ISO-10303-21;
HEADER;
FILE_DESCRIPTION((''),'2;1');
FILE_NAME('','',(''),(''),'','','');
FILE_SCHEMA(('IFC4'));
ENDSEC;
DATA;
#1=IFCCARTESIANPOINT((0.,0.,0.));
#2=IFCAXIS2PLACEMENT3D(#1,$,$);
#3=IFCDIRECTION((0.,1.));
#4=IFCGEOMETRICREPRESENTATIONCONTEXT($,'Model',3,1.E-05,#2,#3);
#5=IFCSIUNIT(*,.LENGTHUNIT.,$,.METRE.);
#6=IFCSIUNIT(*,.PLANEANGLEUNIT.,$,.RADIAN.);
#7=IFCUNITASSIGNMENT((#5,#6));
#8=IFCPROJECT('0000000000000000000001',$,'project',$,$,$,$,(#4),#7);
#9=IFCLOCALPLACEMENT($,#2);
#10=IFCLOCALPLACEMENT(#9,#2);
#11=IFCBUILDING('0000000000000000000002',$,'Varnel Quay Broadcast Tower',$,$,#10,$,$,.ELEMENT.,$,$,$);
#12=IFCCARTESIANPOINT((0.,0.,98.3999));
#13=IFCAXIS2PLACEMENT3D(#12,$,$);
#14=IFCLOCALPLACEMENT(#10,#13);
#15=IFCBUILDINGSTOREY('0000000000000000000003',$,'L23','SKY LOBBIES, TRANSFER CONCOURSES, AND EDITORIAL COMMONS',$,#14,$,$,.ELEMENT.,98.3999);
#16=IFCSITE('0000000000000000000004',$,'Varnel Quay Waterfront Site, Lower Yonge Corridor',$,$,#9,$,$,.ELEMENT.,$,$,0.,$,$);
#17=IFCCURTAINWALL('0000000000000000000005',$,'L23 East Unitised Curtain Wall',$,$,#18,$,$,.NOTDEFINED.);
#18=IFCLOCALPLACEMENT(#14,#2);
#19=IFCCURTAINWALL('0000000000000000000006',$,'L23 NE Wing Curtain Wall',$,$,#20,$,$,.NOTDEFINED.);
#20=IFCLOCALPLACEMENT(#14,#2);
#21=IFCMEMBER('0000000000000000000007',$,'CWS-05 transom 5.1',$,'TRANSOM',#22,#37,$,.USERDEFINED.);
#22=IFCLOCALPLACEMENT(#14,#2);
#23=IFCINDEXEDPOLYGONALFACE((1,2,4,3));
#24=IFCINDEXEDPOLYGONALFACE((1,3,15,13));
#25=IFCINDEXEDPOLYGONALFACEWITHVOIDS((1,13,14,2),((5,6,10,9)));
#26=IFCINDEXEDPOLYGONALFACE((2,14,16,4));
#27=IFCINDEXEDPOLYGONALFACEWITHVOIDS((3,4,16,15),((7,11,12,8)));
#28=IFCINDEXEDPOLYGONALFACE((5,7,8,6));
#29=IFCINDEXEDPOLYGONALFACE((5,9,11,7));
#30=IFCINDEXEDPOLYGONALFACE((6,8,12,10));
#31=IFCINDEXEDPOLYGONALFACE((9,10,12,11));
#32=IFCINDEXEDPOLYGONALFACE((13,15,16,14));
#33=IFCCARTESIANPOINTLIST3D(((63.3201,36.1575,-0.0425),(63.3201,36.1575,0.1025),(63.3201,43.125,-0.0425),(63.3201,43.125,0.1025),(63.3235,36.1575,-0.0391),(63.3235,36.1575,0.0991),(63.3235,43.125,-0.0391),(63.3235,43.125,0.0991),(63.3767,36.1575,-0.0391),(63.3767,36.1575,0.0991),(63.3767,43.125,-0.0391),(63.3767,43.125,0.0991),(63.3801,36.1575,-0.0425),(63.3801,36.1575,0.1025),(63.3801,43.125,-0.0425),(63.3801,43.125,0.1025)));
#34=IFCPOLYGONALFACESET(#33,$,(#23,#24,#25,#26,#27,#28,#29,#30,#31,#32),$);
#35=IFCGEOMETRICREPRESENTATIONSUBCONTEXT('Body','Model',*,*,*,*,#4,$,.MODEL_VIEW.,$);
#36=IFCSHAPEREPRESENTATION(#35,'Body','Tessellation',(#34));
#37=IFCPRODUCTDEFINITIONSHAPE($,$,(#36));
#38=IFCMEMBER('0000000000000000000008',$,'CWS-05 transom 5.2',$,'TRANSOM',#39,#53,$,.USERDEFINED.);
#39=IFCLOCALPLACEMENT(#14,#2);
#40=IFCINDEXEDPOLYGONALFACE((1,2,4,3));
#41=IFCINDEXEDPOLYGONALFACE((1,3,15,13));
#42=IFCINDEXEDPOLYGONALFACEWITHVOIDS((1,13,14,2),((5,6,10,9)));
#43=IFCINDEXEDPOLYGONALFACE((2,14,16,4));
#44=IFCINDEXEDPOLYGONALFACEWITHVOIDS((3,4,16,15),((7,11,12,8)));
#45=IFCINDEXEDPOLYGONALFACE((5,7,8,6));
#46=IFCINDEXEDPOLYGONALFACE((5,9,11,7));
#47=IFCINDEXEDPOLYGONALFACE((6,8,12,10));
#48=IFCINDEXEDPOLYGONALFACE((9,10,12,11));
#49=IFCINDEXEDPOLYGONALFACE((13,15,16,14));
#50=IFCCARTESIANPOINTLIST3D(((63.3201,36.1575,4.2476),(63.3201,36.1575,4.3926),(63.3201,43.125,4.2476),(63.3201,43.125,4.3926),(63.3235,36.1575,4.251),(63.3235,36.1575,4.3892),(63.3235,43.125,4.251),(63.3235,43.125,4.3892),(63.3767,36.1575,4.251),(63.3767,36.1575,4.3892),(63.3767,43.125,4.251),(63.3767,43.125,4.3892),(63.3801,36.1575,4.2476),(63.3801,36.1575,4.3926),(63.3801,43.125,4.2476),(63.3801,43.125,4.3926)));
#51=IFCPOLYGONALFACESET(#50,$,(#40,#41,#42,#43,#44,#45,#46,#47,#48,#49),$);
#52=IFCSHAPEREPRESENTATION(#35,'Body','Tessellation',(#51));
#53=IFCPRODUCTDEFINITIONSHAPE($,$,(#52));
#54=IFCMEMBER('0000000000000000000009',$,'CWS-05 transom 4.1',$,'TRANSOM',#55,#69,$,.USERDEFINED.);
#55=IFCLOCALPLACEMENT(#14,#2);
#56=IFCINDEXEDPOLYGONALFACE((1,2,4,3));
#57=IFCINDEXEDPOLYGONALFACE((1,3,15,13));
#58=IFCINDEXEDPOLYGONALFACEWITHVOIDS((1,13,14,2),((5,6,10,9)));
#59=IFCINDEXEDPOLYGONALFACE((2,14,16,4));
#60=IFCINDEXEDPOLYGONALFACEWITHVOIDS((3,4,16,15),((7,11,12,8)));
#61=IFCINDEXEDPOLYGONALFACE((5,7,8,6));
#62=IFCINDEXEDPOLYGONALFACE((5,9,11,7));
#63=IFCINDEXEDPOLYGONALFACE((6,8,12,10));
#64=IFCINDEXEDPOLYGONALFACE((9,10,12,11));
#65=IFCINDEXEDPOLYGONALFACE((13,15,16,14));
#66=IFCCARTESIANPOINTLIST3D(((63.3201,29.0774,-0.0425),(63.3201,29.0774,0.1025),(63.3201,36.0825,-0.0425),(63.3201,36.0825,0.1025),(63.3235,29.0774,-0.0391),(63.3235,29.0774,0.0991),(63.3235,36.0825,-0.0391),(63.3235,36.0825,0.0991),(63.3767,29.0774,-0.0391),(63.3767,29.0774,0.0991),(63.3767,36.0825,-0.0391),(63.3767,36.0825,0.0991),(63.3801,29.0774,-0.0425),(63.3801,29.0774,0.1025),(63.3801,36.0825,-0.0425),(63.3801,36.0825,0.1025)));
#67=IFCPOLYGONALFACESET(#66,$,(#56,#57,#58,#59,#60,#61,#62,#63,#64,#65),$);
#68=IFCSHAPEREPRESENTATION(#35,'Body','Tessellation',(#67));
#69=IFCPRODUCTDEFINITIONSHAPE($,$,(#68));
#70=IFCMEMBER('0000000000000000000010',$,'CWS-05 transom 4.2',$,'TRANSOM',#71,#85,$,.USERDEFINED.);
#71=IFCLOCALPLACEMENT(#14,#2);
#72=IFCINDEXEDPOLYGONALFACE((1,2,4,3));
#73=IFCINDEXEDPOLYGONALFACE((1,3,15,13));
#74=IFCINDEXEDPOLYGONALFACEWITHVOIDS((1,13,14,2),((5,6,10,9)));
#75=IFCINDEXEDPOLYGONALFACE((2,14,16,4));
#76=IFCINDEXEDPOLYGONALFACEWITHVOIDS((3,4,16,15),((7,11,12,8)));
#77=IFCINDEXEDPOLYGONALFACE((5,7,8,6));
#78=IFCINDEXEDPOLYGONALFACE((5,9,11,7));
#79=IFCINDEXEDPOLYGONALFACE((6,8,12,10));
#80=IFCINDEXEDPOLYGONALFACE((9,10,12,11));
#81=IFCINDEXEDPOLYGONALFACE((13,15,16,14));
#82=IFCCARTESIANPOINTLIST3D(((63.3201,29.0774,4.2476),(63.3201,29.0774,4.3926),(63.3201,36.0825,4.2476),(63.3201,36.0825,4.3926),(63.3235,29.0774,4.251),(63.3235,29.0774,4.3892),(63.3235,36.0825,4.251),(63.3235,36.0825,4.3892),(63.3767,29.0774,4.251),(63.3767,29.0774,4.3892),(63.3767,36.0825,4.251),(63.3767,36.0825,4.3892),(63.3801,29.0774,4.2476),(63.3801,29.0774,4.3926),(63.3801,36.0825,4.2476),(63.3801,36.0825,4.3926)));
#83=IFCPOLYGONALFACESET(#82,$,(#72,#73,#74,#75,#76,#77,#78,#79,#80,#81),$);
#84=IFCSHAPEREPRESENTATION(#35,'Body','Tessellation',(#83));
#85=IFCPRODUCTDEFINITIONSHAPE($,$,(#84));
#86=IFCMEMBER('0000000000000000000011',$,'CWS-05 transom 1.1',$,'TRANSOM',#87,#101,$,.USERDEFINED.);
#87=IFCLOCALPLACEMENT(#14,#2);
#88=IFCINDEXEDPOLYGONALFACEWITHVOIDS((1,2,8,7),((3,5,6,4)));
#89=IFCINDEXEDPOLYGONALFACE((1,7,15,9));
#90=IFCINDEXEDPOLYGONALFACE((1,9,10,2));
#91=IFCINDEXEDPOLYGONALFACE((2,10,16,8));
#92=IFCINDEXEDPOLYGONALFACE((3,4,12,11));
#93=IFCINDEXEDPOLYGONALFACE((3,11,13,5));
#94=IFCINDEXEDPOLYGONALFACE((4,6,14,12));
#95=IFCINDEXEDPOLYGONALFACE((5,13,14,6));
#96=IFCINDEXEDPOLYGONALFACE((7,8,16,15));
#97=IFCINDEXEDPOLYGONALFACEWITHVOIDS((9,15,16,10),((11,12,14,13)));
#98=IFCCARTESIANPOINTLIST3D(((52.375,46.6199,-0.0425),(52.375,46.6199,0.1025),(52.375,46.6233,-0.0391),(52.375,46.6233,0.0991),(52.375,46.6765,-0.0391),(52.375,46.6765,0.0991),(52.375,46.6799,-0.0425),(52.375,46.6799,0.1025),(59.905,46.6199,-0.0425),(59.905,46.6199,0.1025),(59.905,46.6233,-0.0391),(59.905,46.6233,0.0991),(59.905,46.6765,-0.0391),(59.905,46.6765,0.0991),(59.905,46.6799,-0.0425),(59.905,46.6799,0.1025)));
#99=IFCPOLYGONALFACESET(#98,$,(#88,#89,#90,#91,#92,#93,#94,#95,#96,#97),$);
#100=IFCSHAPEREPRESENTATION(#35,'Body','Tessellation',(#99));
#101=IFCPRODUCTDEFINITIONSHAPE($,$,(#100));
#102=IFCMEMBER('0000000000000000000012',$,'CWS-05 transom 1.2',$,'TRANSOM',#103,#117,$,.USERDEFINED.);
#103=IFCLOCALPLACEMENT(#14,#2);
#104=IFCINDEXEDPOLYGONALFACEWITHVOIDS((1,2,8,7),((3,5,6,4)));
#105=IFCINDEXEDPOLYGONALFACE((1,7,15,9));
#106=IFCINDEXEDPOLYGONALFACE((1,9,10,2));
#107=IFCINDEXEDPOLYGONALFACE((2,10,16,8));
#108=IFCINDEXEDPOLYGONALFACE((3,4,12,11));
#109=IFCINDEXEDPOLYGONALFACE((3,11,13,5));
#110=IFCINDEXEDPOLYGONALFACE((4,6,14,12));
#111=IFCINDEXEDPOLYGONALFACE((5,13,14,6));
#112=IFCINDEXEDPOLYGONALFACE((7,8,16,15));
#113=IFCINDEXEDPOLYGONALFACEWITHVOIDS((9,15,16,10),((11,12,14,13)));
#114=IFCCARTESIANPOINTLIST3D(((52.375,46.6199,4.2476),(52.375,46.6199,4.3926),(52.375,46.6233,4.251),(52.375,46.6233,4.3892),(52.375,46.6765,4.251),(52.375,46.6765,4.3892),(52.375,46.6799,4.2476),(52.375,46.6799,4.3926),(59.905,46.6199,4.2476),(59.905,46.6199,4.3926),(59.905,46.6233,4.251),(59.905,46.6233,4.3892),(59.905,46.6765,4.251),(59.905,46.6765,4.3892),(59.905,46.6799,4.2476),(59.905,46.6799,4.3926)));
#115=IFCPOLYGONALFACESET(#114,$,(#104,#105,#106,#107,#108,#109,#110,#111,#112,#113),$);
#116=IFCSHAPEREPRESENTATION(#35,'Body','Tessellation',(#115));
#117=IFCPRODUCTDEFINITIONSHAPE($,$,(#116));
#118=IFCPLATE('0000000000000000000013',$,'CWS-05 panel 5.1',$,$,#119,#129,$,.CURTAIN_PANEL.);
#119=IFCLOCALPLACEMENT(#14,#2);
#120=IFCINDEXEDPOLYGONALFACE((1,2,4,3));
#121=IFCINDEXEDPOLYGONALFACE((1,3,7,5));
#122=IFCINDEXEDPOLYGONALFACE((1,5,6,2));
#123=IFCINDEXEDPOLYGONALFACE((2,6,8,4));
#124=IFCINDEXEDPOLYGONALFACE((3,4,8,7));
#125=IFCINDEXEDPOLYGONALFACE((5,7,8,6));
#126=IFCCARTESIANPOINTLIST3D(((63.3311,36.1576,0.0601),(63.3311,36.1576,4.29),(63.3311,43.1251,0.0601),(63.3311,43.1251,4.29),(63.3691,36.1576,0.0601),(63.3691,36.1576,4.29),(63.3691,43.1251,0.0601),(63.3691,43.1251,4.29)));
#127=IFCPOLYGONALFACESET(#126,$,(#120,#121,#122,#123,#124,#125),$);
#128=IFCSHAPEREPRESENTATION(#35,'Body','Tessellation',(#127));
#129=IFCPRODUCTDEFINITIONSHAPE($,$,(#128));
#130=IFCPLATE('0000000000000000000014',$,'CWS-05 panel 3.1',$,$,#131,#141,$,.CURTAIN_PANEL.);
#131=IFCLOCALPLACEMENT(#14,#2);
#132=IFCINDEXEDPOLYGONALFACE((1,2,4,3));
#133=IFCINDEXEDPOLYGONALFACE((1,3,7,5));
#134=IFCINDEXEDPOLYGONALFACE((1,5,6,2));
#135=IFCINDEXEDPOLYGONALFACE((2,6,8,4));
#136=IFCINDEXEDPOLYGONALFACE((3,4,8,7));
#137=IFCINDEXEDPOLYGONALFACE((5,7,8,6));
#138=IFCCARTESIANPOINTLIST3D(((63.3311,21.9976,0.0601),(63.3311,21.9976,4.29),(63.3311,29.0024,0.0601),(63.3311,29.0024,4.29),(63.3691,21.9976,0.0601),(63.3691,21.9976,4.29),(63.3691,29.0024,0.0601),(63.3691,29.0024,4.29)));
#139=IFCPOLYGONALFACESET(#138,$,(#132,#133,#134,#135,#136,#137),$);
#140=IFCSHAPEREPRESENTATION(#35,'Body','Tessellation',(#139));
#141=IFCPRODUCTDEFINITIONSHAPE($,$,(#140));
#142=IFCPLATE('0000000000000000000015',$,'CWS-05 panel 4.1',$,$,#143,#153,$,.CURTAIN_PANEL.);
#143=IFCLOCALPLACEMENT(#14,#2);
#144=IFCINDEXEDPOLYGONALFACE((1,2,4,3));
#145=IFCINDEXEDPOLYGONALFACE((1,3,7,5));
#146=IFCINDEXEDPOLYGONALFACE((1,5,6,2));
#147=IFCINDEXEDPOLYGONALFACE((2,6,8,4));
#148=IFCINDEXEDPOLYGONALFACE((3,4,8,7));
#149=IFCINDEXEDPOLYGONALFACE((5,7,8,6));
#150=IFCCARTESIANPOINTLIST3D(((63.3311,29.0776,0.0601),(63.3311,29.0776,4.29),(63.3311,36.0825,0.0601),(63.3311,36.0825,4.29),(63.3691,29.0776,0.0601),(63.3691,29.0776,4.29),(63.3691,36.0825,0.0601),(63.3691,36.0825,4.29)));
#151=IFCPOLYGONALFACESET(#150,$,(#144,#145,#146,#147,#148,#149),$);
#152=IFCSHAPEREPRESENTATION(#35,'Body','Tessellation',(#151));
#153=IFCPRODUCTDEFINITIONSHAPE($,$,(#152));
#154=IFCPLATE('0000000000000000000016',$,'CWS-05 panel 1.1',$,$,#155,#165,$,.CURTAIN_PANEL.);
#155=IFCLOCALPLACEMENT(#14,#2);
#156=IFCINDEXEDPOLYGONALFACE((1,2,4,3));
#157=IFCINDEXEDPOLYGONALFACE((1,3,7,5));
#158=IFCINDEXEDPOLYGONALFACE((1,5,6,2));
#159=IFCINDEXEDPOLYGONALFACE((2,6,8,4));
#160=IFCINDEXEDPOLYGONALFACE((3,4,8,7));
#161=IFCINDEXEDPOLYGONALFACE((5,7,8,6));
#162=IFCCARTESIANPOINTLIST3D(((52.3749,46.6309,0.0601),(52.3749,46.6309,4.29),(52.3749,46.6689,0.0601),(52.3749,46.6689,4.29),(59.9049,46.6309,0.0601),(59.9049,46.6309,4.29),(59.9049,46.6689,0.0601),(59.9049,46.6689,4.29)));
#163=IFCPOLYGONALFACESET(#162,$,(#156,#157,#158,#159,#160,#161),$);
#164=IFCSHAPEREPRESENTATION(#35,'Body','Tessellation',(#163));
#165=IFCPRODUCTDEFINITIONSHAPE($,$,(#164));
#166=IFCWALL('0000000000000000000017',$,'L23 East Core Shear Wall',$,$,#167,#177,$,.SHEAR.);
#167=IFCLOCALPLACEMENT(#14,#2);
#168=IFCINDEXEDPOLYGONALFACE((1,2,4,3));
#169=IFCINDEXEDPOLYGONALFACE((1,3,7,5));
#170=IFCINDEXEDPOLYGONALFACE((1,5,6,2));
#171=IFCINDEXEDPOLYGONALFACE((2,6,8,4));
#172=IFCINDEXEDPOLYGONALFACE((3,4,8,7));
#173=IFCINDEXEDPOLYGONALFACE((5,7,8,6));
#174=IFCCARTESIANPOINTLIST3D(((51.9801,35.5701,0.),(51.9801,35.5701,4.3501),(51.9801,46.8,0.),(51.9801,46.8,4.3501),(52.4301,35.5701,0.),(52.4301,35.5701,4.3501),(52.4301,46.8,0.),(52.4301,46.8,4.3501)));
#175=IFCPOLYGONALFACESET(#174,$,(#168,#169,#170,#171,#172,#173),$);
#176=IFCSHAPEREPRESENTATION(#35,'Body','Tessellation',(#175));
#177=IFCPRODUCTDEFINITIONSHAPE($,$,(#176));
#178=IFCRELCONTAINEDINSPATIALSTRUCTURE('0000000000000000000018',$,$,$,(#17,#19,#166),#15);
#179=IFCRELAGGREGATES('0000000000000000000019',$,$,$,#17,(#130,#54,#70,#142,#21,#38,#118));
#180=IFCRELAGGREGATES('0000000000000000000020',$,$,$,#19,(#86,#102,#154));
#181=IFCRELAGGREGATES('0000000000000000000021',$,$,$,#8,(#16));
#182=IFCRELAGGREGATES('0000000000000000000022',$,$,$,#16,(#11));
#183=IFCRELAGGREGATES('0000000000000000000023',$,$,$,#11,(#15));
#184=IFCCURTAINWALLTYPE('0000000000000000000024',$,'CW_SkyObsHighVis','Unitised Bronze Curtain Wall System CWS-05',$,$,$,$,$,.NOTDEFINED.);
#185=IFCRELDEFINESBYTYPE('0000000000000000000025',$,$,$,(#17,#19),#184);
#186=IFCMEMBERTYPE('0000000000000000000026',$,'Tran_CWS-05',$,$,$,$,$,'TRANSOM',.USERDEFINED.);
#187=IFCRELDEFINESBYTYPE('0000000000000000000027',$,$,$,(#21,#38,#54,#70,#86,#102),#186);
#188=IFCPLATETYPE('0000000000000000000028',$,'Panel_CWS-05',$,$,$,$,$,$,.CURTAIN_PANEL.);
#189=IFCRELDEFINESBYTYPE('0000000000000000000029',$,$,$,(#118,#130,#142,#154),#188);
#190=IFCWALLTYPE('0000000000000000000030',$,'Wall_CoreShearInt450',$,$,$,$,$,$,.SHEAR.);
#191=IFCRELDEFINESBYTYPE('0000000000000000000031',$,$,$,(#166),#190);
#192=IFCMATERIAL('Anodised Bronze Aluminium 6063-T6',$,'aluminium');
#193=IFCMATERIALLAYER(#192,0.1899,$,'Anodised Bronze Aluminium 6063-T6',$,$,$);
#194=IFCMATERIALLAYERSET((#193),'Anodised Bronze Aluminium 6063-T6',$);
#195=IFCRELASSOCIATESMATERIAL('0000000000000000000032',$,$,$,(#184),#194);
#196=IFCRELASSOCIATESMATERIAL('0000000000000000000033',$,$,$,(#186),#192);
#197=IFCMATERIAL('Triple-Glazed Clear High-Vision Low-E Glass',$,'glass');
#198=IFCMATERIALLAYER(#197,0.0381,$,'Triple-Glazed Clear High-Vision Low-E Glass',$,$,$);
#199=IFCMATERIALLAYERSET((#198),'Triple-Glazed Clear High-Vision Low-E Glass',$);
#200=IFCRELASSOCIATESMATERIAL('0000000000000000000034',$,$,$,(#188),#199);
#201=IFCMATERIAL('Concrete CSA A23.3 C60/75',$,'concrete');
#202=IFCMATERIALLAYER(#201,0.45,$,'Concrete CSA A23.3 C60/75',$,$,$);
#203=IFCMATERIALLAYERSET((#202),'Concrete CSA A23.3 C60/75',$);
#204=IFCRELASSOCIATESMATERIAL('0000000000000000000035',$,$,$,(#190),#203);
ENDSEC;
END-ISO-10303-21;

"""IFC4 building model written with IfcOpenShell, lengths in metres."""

from ifc_helpers import new_model, si_unit, direction, frame, frame_2d, origin, origin_2d, place, context, subcontext, project, spatial, rectangle, hollow_rectangle, extrude, source, transform, mapped, material, layer, layer_set, material_profile, profile_set, type_object, type_shapes, element, aggregate, save


model = new_model("IFC4")

# Units and contexts
model_context = context("Model", 3, precision=1e-05, world=origin(), true_north=direction((0.0, 1.0)))
body_context = subcontext(model_context, "Body", "Model", "MODEL_VIEW")
ifc_project = project(units=[si_unit("LENGTHUNIT", "METRE"), si_unit("PLANEANGLEUNIT", "RADIAN")], contexts=[model_context])

# Site, building, storey
site_placement = place(None, origin())
site = spatial("IfcSite", under=ifc_project, at=site_placement, Name="Varnel Quay Waterfront Site, Lower Yonge Corridor", CompositionType="ELEMENT", RefElevation=0.0)
building_placement = place(site_placement, origin())
building = spatial("IfcBuilding", under=site, at=building_placement, Name="Varnel Quay Broadcast Tower", CompositionType="ELEMENT")
storey_placement = place(building_placement, frame((0.0, 0.0, 98.3999)))
storey = spatial("IfcBuildingStorey", under=building, at=storey_placement, Name="L23", Description="SKY LOBBIES, TRANSFER CONCOURSES, AND EDITORIAL COMMONS", CompositionType="ELEMENT", Elevation=98.3999)

# Curtain walls
ifc_material_1 = material(Name="Anodised Bronze Aluminium 6063-T6", Category="aluminium")
ifc_layer_1 = layer(ifc_material_1, 0.1899, Name="Anodised Bronze Aluminium 6063-T6")
ifc_layer_set_1 = layer_set([ifc_layer_1], Name="Anodised Bronze Aluminium 6063-T6")
curtain_wall_type = type_object("IfcCurtainWallType", Name="CW_SkyObsHighVis", Description="Unitised Bronze Curtain Wall System CWS-05", PredefinedType="NOTDEFINED", material=ifc_layer_set_1)
curtain_wall_1_placement = place(storey_placement, origin())
curtain_wall_1 = element("IfcCurtainWall", 1, at=curtain_wall_1_placement, inside=storey, type_object=curtain_wall_type, Name="L23 East Unitised Curtain Wall", PredefinedType="NOTDEFINED")
curtain_wall_2_placement = place(storey_placement, origin())
curtain_wall_2 = element("IfcCurtainWall", 2, at=curtain_wall_2_placement, inside=storey, type_object=curtain_wall_type, Name="L23 NE Wing Curtain Wall", PredefinedType="NOTDEFINED")

# Members
ifc_material_profile_1 = material_profile(ifc_material_1, hollow_rectangle(XDim=0.0601, YDim=0.145, WallThickness=0.0034, at=origin_2d()), Name="ALU60X145X3.5")
ifc_profile_set_1 = profile_set([ifc_material_profile_1], Name="Anodised Bronze Aluminium 6063-T6")
member_type_1 = type_object("IfcMemberType", Name="Tran_CWS-05", ElementType="TRANSOM", PredefinedType="USERDEFINED", material=ifc_profile_set_1)
shared_shape_1 = source(origin(), body_context, "Body", "SweptSolid", [
    extrude(hollow_rectangle(XDim=0.0601, YDim=0.145, WallThickness=0.0034, at=origin_2d()), origin(), (0.0, 0.0, 1.0), 6.9675),
])
member_1_placement = place(storey_placement, frame((63.3501, 36.1575, 0.03), z_axis=(0.0, 1.0, 0.0), x_axis=(-1.0, 0.0, 0.0)))
member_1 = element("IfcMember", 3, at=member_1_placement, type_object=member_type_1, Name="CWS-05 transom 5.1", ObjectType="TRANSOM", PredefinedType="USERDEFINED", context=body_context, shape_type="MappedRepresentation", body=[
    mapped(shared_shape_1, transform((0.0, 0.0, 0.0), x_axis=(1.0, 0.0, 0.0), y_axis=(0.0, 1.0, 0.0), z_axis=(0.0, 0.0, 1.0), scale=1.0)),
])
member_2_placement = place(storey_placement, frame((63.3501, 36.1575, 4.3201), z_axis=(0.0, 1.0, 0.0), x_axis=(-1.0, 0.0, 0.0)))
member_2 = element("IfcMember", 4, at=member_2_placement, type_object=member_type_1, Name="CWS-05 transom 5.2", ObjectType="TRANSOM", PredefinedType="USERDEFINED", context=body_context, shape_type="MappedRepresentation", body=[
    mapped(shared_shape_1, transform((0.0, 0.0, 0.0), x_axis=(1.0, 0.0, 0.0), y_axis=(0.0, 1.0, 0.0), z_axis=(0.0, 0.0, 1.0), scale=1.0)),
])
shared_shape_2 = source(origin(), body_context, "Body", "SweptSolid", [
    extrude(hollow_rectangle(XDim=0.0601, YDim=0.145, WallThickness=0.0034, at=origin_2d()), origin(), (0.0, 0.0, 1.0), 7.0051),
])
member_3_placement = place(storey_placement, frame((63.3501, 29.0774, 0.03), z_axis=(0.0, 1.0, 0.0), x_axis=(-1.0, 0.0, 0.0)))
member_3 = element("IfcMember", 5, at=member_3_placement, type_object=member_type_1, Name="CWS-05 transom 4.1", ObjectType="TRANSOM", PredefinedType="USERDEFINED", context=body_context, shape_type="MappedRepresentation", body=[
    mapped(shared_shape_2, transform((0.0, 0.0, 0.0), x_axis=(1.0, 0.0, 0.0), y_axis=(0.0, 1.0, 0.0), z_axis=(0.0, 0.0, 1.0), scale=1.0)),
])
member_4_placement = place(storey_placement, frame((63.3501, 29.0774, 4.3201), z_axis=(0.0, 1.0, 0.0), x_axis=(-1.0, 0.0, 0.0)))
member_4 = element("IfcMember", 6, at=member_4_placement, type_object=member_type_1, Name="CWS-05 transom 4.2", ObjectType="TRANSOM", PredefinedType="USERDEFINED", context=body_context, shape_type="MappedRepresentation", body=[
    mapped(shared_shape_2, transform((0.0, 0.0, 0.0), x_axis=(1.0, 0.0, 0.0), y_axis=(0.0, 1.0, 0.0), z_axis=(0.0, 0.0, 1.0), scale=1.0)),
])
shared_shape_3 = source(origin(), body_context, "Body", "SweptSolid", [
    extrude(hollow_rectangle(XDim=0.0601, YDim=0.145, WallThickness=0.0034, at=origin_2d()), origin(), (0.0, 0.0, 1.0), 7.53),
])
type_shapes(member_type_1, [shared_shape_1, shared_shape_2, shared_shape_3])
member_5_placement = place(storey_placement, frame((52.375, 46.6499, 0.03), z_axis=(1.0, 0.0, 0.0), x_axis=(0.0, 1.0, 0.0)))
member_5 = element("IfcMember", 7, at=member_5_placement, type_object=member_type_1, Name="CWS-05 transom 1.1", ObjectType="TRANSOM", PredefinedType="USERDEFINED", context=body_context, shape_type="MappedRepresentation", body=[
    mapped(shared_shape_3, transform((0.0, 0.0, 0.0), x_axis=(1.0, 0.0, 0.0), y_axis=(0.0, 1.0, 0.0), z_axis=(0.0, 0.0, 1.0), scale=1.0)),
])
member_6_placement = place(storey_placement, frame((52.375, 46.6499, 4.3201), z_axis=(1.0, 0.0, 0.0), x_axis=(0.0, 1.0, 0.0)))
member_6 = element("IfcMember", 8, at=member_6_placement, type_object=member_type_1, Name="CWS-05 transom 1.2", ObjectType="TRANSOM", PredefinedType="USERDEFINED", context=body_context, shape_type="MappedRepresentation", body=[
    mapped(shared_shape_3, transform((0.0, 0.0, 0.0), x_axis=(1.0, 0.0, 0.0), y_axis=(0.0, 1.0, 0.0), z_axis=(0.0, 0.0, 1.0), scale=1.0)),
])

# Plates
ifc_material_2 = material(Name="Triple-Glazed Clear High-Vision Low-E Glass", Category="glass")
ifc_layer_2 = layer(ifc_material_2, 0.0381, Name="Triple-Glazed Clear High-Vision Low-E Glass")
ifc_layer_set_2 = layer_set([ifc_layer_2], Name="Triple-Glazed Clear High-Vision Low-E Glass")
plate_type = type_object("IfcPlateType", Name="Panel_CWS-05", PredefinedType="CURTAIN_PANEL", material=ifc_layer_set_2)
shared_shape_4 = source(origin(), body_context, "Body", "SweptSolid", [
    extrude(rectangle(XDim=6.9675, YDim=0.0381, at=origin_2d()), origin(), (0.0, 0.0, 1.0), 4.23),
])
plate_1_placement = place(storey_placement, frame((63.3501, 39.6414, 0.0601), z_axis=(0.0, 0.0, 1.0), x_axis=(0.0, 1.0, 0.0)))
plate_1 = element("IfcPlate", 9, at=plate_1_placement, type_object=plate_type, Name="CWS-05 panel 5.1", PredefinedType="CURTAIN_PANEL", context=body_context, shape_type="MappedRepresentation", body=[
    mapped(shared_shape_4, transform((0.0, 0.0, 0.0), x_axis=(1.0, 0.0, 0.0), y_axis=(0.0, 1.0, 0.0), z_axis=(0.0, 0.0, 1.0), scale=1.0)),
])
shared_shape_5 = source(origin(), body_context, "Body", "SweptSolid", [
    extrude(rectangle(XDim=7.0049, YDim=0.0381, at=origin_2d()), origin(), (0.0, 0.0, 1.0), 4.23),
])
plate_2_placement = place(storey_placement, frame((63.3501, 25.5, 0.0601), z_axis=(0.0, 0.0, 1.0), x_axis=(0.0, 1.0, 0.0)))
plate_2 = element("IfcPlate", 10, at=plate_2_placement, type_object=plate_type, Name="CWS-05 panel 3.1", PredefinedType="CURTAIN_PANEL", context=body_context, shape_type="MappedRepresentation", body=[
    mapped(shared_shape_5, transform((0.0, 0.0, 0.0), x_axis=(1.0, 0.0, 0.0), y_axis=(0.0, 1.0, 0.0), z_axis=(0.0, 0.0, 1.0), scale=1.0)),
])
plate_3_placement = place(storey_placement, frame((63.3501, 32.5801, 0.0601), z_axis=(0.0, 0.0, 1.0), x_axis=(0.0, 1.0, 0.0)))
plate_3 = element("IfcPlate", 11, at=plate_3_placement, type_object=plate_type, Name="CWS-05 panel 4.1", PredefinedType="CURTAIN_PANEL", context=body_context, shape_type="MappedRepresentation", body=[
    mapped(shared_shape_5, transform((0.0, 0.0, 0.0), x_axis=(1.0, 0.0, 0.0), y_axis=(0.0, 1.0, 0.0), z_axis=(0.0, 0.0, 1.0), scale=1.0)),
])
aggregate(curtain_wall_1, [plate_2, member_3, member_4, plate_3, member_1, member_2, plate_1])
shared_shape_6 = source(origin(), body_context, "Body", "SweptSolid", [
    extrude(rectangle(XDim=7.53, YDim=0.0381, at=origin_2d()), origin(), (0.0, 0.0, 1.0), 4.23),
])
type_shapes(plate_type, [shared_shape_4, shared_shape_5, shared_shape_6])
plate_4_placement = place(storey_placement, frame((56.1399, 46.6499, 0.0601), z_axis=(0.0, 0.0, 1.0), x_axis=(1.0, 0.0, 0.0)))
plate_4 = element("IfcPlate", 12, at=plate_4_placement, type_object=plate_type, Name="CWS-05 panel 1.1", PredefinedType="CURTAIN_PANEL", context=body_context, shape_type="MappedRepresentation", body=[
    mapped(shared_shape_6, transform((0.0, 0.0, 0.0), x_axis=(1.0, 0.0, 0.0), y_axis=(0.0, 1.0, 0.0), z_axis=(0.0, 0.0, 1.0), scale=1.0)),
])
aggregate(curtain_wall_2, [member_5, member_6, plate_4])

# Wall
ifc_material_3 = material(Name="Concrete CSA A23.3 C60/75", Category="concrete")
ifc_layer_3 = layer(ifc_material_3, 0.45, Name="Concrete CSA A23.3 C60/75")
ifc_layer_set_3 = layer_set([ifc_layer_3], Name="Concrete CSA A23.3 C60/75")
wall_type_1 = type_object("IfcWallType", Name="Wall_CoreShearInt450", PredefinedType="SHEAR", material=ifc_layer_set_3)
wall_1_placement = place(storey_placement, frame((52.2051, 35.5701, 0.0), z_axis=(0.0, 0.0, 1.0), x_axis=(0.0, 1.0, 0.0)))
element("IfcWall", 13, at=wall_1_placement, inside=storey, type_object=wall_type_1, Name="L23 East Core Shear Wall", PredefinedType="SHEAR", context=body_context, shape_type="SweptSolid", body=[
    extrude(rectangle(XDim=11.23, YDim=0.45, at=frame_2d((5.615, 0.0))), origin(), (0.0, 0.0, 1.0), 4.3501),
])

save(model, "model.ifc")
